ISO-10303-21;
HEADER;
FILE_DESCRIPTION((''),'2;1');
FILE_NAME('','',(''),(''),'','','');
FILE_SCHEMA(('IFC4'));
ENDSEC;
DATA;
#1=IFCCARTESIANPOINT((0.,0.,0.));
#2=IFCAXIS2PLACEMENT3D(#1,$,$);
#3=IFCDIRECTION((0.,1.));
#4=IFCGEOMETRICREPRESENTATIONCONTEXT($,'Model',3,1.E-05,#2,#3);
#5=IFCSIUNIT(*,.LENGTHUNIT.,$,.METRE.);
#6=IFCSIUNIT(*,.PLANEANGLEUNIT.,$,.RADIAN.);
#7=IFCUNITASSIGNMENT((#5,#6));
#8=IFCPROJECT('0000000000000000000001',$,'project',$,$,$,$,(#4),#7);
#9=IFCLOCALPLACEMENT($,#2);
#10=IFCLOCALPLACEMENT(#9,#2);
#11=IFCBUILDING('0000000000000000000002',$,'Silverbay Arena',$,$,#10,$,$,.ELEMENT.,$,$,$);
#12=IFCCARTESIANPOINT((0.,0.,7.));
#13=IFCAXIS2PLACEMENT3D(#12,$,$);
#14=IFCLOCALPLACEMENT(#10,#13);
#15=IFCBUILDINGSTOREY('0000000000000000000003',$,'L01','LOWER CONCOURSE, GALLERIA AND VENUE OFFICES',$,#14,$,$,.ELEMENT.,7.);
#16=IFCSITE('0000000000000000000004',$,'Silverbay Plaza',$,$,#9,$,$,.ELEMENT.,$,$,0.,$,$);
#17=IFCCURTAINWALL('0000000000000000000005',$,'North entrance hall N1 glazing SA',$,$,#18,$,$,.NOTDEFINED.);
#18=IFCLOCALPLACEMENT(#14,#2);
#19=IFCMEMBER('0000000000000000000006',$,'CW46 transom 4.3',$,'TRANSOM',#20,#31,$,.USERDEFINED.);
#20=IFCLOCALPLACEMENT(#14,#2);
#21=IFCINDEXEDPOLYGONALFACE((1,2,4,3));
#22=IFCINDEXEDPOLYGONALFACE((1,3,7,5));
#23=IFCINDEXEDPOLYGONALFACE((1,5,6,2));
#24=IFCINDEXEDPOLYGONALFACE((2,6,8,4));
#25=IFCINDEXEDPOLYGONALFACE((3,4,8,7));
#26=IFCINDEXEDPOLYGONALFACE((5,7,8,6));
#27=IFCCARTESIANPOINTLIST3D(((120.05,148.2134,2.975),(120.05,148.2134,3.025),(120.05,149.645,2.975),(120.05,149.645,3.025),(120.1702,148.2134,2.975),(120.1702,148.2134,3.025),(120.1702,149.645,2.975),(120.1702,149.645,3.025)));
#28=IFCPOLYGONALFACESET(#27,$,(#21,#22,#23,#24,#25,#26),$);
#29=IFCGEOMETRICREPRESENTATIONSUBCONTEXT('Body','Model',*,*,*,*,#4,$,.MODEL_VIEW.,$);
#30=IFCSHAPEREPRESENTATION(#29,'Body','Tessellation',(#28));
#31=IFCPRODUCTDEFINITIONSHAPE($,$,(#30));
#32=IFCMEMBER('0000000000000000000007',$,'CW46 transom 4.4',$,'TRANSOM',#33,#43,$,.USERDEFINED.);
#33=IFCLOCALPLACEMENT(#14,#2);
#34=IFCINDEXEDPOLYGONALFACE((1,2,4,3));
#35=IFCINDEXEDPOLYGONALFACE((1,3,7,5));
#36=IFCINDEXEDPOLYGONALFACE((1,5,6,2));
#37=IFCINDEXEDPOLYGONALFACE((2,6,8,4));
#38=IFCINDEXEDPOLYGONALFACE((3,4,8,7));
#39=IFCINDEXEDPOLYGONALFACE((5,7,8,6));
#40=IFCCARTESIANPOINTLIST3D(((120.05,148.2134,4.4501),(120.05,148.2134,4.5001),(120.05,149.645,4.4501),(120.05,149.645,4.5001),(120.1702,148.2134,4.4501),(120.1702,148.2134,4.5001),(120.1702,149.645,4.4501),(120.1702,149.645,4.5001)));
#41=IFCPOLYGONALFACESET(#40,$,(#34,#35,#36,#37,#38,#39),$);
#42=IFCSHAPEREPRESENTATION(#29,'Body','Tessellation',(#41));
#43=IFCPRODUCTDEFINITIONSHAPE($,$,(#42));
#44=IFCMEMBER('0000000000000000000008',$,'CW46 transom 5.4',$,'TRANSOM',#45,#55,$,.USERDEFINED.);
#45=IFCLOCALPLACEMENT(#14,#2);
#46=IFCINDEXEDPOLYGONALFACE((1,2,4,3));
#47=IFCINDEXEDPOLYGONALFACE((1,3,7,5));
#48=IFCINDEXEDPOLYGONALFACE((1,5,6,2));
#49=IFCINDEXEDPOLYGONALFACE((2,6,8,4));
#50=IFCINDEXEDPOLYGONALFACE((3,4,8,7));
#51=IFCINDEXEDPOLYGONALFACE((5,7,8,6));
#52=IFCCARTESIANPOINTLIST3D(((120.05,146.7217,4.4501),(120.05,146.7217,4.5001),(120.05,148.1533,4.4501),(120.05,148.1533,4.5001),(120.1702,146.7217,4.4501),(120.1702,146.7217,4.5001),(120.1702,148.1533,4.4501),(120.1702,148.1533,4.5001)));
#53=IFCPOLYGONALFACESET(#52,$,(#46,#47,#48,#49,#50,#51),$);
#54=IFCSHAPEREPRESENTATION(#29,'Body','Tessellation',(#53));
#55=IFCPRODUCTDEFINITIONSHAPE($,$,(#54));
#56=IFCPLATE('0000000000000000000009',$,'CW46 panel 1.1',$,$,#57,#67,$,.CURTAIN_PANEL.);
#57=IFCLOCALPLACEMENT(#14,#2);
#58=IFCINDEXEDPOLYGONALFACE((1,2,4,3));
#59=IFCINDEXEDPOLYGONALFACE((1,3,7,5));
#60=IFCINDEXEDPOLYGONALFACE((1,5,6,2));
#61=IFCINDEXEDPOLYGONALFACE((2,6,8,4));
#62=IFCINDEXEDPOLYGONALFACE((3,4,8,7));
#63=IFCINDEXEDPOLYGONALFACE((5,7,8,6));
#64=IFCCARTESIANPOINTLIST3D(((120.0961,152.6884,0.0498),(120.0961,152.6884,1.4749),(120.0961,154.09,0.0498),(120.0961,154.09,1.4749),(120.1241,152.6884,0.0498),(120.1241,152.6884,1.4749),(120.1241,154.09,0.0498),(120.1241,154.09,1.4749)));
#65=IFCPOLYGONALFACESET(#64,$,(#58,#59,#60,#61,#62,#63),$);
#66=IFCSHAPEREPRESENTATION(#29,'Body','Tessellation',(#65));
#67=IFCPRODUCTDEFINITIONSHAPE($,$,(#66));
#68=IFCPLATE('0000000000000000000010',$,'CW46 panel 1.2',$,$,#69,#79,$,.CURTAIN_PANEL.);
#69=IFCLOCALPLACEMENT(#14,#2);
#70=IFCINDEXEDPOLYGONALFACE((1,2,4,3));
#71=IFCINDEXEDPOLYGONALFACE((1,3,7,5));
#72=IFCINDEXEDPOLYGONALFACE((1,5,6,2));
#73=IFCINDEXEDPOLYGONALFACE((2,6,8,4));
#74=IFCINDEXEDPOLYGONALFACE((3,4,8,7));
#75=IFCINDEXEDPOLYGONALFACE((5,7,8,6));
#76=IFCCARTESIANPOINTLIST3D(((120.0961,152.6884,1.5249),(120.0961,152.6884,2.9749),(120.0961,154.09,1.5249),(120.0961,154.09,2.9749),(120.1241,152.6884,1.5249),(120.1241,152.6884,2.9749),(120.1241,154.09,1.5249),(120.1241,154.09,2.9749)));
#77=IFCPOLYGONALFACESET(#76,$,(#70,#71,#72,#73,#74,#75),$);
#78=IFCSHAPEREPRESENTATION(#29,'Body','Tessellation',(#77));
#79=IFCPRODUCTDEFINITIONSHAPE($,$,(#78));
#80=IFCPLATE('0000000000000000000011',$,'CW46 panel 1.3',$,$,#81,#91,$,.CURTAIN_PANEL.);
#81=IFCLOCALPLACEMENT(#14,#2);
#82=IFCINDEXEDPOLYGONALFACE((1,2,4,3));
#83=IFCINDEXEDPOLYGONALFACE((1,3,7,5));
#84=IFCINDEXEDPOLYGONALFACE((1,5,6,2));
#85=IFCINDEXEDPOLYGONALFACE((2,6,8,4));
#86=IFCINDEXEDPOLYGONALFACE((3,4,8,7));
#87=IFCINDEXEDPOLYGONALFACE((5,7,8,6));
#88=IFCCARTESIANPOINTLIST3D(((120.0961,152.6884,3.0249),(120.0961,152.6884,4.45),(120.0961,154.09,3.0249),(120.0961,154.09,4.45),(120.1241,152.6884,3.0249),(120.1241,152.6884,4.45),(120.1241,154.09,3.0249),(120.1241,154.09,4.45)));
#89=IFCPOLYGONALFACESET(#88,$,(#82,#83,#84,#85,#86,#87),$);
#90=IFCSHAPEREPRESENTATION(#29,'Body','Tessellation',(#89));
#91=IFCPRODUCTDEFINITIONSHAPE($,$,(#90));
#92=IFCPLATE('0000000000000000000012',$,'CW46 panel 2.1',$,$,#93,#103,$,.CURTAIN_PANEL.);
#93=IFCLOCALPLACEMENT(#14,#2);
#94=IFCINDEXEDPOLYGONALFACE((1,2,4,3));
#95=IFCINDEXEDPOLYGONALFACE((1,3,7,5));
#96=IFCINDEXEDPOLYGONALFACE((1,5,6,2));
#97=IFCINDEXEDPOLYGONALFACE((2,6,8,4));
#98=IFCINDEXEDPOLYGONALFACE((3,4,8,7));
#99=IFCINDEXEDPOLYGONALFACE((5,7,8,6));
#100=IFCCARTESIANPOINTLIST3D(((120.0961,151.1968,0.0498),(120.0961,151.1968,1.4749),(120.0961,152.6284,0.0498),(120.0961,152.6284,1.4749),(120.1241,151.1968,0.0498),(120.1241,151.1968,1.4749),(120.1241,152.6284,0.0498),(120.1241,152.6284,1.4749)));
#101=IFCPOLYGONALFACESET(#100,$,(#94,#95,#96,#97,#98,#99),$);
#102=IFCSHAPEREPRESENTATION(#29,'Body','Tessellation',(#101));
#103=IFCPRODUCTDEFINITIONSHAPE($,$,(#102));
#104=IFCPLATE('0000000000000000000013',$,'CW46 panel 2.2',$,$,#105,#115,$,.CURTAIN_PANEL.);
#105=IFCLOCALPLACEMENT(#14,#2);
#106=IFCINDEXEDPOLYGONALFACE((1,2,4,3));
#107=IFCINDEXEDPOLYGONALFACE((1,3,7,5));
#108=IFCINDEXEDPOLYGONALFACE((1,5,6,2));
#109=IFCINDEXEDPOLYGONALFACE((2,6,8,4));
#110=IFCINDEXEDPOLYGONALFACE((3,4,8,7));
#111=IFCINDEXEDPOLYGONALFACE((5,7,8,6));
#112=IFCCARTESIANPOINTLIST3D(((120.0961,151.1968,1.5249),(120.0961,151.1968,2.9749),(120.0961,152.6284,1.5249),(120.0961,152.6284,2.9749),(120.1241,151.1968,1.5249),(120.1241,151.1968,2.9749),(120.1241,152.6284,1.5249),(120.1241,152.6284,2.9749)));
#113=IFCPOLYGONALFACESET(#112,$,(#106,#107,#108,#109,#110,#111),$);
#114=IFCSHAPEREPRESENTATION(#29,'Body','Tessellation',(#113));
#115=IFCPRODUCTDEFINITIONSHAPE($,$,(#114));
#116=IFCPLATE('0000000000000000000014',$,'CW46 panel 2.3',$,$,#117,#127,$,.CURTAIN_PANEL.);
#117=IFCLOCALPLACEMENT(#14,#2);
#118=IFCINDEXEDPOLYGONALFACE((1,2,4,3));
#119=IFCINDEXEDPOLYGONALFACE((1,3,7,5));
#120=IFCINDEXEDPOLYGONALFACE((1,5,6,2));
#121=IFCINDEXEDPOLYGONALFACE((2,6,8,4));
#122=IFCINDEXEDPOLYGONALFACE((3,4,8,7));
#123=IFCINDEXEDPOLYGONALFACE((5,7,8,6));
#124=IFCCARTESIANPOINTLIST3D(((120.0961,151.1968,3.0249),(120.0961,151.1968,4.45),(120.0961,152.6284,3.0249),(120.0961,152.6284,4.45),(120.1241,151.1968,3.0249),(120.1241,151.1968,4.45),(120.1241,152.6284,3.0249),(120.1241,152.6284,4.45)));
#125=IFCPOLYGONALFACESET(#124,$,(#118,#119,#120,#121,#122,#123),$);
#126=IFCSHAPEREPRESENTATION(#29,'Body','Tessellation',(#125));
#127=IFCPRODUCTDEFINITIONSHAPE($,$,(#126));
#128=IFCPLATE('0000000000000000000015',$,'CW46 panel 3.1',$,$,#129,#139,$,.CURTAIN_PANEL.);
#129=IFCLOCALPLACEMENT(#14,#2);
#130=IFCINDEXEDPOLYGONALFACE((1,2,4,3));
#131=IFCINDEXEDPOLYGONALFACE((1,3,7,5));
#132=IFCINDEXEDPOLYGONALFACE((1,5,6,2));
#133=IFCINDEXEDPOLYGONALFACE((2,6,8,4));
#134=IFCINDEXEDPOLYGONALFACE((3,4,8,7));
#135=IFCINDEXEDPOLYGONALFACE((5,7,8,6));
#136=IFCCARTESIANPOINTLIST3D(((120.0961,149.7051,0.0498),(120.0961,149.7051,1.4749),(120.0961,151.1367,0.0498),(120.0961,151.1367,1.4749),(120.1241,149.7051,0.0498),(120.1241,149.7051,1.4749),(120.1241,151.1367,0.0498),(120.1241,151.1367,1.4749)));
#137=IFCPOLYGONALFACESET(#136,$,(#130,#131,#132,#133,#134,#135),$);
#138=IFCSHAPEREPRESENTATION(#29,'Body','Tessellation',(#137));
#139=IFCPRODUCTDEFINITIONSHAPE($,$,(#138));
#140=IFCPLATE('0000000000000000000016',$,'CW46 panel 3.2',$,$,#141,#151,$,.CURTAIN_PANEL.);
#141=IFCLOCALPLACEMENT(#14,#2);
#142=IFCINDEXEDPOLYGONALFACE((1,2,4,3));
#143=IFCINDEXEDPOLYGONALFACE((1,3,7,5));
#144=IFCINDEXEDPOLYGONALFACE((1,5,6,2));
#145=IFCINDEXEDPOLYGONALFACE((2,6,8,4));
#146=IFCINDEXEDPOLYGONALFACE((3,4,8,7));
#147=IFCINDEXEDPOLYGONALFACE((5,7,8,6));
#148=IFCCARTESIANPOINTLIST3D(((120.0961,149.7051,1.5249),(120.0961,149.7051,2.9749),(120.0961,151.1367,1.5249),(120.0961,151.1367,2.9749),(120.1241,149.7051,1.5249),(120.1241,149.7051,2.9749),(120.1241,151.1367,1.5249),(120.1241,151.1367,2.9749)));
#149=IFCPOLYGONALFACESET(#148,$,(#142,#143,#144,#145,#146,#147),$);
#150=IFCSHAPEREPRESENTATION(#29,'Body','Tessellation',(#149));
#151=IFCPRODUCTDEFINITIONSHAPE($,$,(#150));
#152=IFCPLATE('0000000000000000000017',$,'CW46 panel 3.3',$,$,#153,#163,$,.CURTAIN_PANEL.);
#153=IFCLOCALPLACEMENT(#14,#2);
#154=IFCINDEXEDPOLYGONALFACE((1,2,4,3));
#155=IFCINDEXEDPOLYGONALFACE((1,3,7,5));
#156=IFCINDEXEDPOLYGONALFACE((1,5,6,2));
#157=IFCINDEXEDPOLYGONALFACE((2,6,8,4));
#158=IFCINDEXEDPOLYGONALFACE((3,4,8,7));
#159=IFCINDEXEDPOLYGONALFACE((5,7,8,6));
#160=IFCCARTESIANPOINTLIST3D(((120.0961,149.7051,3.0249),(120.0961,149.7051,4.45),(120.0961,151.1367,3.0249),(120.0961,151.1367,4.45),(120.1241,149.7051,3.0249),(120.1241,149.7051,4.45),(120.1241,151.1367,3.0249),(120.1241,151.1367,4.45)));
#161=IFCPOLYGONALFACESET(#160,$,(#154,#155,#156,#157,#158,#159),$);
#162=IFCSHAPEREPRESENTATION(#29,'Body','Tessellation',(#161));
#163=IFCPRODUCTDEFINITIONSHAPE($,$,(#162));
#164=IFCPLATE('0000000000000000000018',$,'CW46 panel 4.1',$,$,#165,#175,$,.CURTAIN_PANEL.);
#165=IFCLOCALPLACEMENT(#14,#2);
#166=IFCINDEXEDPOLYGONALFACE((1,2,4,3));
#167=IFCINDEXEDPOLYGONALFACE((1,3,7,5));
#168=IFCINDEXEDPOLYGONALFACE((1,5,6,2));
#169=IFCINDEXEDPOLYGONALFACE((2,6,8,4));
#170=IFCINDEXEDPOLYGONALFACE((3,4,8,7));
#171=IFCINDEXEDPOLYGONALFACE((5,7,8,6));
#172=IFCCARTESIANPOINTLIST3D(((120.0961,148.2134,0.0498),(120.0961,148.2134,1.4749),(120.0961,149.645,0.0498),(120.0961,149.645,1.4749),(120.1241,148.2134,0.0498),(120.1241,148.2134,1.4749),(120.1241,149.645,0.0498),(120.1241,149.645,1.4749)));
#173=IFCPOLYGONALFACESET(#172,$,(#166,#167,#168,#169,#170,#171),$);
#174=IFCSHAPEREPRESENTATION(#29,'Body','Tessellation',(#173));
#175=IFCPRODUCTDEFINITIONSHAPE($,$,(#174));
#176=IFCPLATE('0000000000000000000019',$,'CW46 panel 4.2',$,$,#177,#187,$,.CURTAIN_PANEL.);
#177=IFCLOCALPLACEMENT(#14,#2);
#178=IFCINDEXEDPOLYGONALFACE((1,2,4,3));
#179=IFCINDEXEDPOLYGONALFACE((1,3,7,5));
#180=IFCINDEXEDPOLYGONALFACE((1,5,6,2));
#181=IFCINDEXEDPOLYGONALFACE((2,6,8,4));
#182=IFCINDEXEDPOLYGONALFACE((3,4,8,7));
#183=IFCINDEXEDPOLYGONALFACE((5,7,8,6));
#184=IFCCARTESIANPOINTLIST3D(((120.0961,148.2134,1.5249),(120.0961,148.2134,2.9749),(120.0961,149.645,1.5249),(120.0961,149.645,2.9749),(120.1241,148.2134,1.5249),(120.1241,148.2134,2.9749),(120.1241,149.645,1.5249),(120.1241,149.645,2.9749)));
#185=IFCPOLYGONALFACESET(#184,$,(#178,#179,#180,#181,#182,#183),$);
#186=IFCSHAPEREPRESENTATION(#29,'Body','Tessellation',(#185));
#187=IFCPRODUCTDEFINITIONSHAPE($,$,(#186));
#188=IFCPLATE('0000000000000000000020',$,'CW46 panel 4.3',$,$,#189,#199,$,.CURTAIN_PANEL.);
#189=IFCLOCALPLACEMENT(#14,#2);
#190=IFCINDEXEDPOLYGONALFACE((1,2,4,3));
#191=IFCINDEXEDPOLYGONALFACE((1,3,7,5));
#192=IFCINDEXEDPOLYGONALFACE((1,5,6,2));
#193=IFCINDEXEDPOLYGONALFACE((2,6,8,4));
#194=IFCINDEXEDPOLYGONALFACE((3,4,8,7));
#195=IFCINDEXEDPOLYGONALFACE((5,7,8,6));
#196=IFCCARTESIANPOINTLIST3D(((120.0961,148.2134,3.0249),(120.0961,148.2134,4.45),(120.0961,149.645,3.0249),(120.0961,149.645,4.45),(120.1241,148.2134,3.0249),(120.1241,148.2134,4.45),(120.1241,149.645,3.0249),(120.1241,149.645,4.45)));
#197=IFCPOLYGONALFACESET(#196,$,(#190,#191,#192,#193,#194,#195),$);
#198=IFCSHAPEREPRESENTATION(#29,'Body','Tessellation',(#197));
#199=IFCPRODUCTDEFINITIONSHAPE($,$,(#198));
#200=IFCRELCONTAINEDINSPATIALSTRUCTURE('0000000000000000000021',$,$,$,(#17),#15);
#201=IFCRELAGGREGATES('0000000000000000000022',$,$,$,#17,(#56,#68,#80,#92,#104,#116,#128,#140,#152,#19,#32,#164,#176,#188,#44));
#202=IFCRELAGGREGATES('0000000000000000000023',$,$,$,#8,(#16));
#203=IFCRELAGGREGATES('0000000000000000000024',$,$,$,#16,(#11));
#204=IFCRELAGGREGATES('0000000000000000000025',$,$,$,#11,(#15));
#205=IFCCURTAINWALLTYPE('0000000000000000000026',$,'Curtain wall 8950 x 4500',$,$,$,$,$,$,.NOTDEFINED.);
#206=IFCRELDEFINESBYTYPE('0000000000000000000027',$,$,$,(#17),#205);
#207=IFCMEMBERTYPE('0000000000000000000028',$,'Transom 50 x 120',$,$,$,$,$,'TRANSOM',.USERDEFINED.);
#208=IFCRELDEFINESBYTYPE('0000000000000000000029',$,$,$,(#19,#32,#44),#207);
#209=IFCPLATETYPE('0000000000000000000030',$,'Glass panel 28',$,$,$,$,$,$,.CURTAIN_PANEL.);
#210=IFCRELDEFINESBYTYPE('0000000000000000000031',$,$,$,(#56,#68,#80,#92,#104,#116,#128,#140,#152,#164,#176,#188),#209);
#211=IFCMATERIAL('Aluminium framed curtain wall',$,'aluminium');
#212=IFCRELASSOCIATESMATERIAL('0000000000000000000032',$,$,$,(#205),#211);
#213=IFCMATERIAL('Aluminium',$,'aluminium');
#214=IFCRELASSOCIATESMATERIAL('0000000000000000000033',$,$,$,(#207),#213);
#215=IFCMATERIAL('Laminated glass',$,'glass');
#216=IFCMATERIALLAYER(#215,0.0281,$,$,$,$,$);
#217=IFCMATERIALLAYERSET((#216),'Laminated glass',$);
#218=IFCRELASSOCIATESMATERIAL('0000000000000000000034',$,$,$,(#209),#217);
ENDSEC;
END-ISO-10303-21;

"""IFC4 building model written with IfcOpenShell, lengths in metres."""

from ifc_helpers import new_model, si_unit, direction, frame, origin, origin_2d, place, context, subcontext, project, spatial, rectangle, extrude, material, layer, layer_set, material_profile, profile_set, type_object, element, aggregate, save


model = new_model("IFC4")

# Units and contexts
model_context = context("Model", 3, precision=1e-05, world=origin(), true_north=direction((0.0, 1.0)))
body_context = subcontext(model_context, "Body", "Model", "MODEL_VIEW")
ifc_project = project(units=[si_unit("LENGTHUNIT", "METRE"), si_unit("PLANEANGLEUNIT", "RADIAN")], contexts=[model_context])

# Site, building, storey
site_placement = place(None, origin())
site = spatial("IfcSite", under=ifc_project, at=site_placement, Name="Silverbay Plaza", CompositionType="ELEMENT", RefElevation=0.0)
building_placement = place(site_placement, origin())
building = spatial("IfcBuilding", under=site, at=building_placement, Name="Silverbay Arena", CompositionType="ELEMENT")
storey_placement = place(building_placement, frame((0.0, 0.0, 7.0)))
storey = spatial("IfcBuildingStorey", under=building, at=storey_placement, Name="L01", Description="LOWER CONCOURSE, GALLERIA AND VENUE OFFICES", CompositionType="ELEMENT", Elevation=7.0)

# Curtain wall, members, plates
ifc_material_1 = material(Name="Aluminium framed curtain wall", Category="aluminium")
curtain_wall_type = type_object("IfcCurtainWallType", Name="Curtain wall 8950 x 4500", PredefinedType="NOTDEFINED", material=ifc_material_1)
curtain_wall_placement = place(storey_placement, origin())
curtain_wall = element("IfcCurtainWall", 1, at=curtain_wall_placement, inside=storey, type_object=curtain_wall_type, Name="North entrance hall N1 glazing SA", PredefinedType="NOTDEFINED")
ifc_material_2 = material(Name="Aluminium", Category="aluminium")
ifc_material_profile_1 = material_profile(ifc_material_2, rectangle(XDim=0.1201, YDim=0.05, at=origin_2d()), Name="Transom 50 x 120")
ifc_profile_set_1 = profile_set([ifc_material_profile_1], Name="Aluminium")
member_type_1 = type_object("IfcMemberType", Name="Transom 50 x 120", ElementType="TRANSOM", PredefinedType="USERDEFINED", material=ifc_profile_set_1)
member_1_placement = place(storey_placement, frame((120.1101, 149.645, 3.0), z_axis=(0.0, -1.0, 0.0), x_axis=(1.0, 0.0, 0.0)))
member_1 = element("IfcMember", 2, at=member_1_placement, type_object=member_type_1, Name="CW46 transom 4.3", ObjectType="TRANSOM", PredefinedType="USERDEFINED", context=body_context, shape_type="SweptSolid", body=[
    extrude(rectangle(XDim=0.1201, YDim=0.05, at=origin_2d()), origin(), (0.0, 0.0, 1.0), 1.4316),
])
member_2_placement = place(storey_placement, frame((120.1101, 149.645, 4.4751), z_axis=(0.0, -1.0, 0.0), x_axis=(1.0, 0.0, 0.0)))
member_2 = element("IfcMember", 3, at=member_2_placement, type_object=member_type_1, Name="CW46 transom 4.4", ObjectType="TRANSOM", PredefinedType="USERDEFINED", context=body_context, shape_type="SweptSolid", body=[
    extrude(rectangle(XDim=0.1201, YDim=0.05, at=origin_2d()), origin(), (0.0, 0.0, 1.0), 1.4316),
])
member_3_placement = place(storey_placement, frame((120.1101, 148.1533, 4.4751), z_axis=(0.0, -1.0, 0.0), x_axis=(1.0, 0.0, 0.0)))
member_3 = element("IfcMember", 4, at=member_3_placement, type_object=member_type_1, Name="CW46 transom 5.4", ObjectType="TRANSOM", PredefinedType="USERDEFINED", context=body_context, shape_type="SweptSolid", body=[
    extrude(rectangle(XDim=0.1201, YDim=0.05, at=origin_2d()), origin(), (0.0, 0.0, 1.0), 1.4316),
])
ifc_material_3 = material(Name="Laminated glass", Category="glass")
ifc_layer = layer(ifc_material_3, 0.0281)
ifc_layer_set = layer_set([ifc_layer], Name="Laminated glass")
plate_type = type_object("IfcPlateType", Name="Glass panel 28", PredefinedType="CURTAIN_PANEL", material=ifc_layer_set)
plate_1_placement = place(storey_placement, frame((120.1101, 153.3892, 0.0498), z_axis=(0.0, 0.0, 1.0), x_axis=(0.0, -1.0, 0.0)))
plate_1 = element("IfcPlate", 5, at=plate_1_placement, type_object=plate_type, Name="CW46 panel 1.1", PredefinedType="CURTAIN_PANEL", context=body_context, shape_type="SweptSolid", body=[
    extrude(rectangle(XDim=1.4016, YDim=0.0281, at=origin_2d()), origin(), (0.0, 0.0, 1.0), 1.425),
])
plate_2_placement = place(storey_placement, frame((120.1101, 153.3892, 1.5249), z_axis=(0.0, 0.0, 1.0), x_axis=(0.0, -1.0, 0.0)))
plate_2 = element("IfcPlate", 6, at=plate_2_placement, type_object=plate_type, Name="CW46 panel 1.2", PredefinedType="CURTAIN_PANEL", context=body_context, shape_type="SweptSolid", body=[
    extrude(rectangle(XDim=1.4016, YDim=0.0281, at=origin_2d()), origin(), (0.0, 0.0, 1.0), 1.45),
])
plate_3_placement = place(storey_placement, frame((120.1101, 153.3892, 3.0249), z_axis=(0.0, 0.0, 1.0), x_axis=(0.0, -1.0, 0.0)))
plate_3 = element("IfcPlate", 7, at=plate_3_placement, type_object=plate_type, Name="CW46 panel 1.3", PredefinedType="CURTAIN_PANEL", context=body_context, shape_type="SweptSolid", body=[
    extrude(rectangle(XDim=1.4016, YDim=0.0281, at=origin_2d()), origin(), (0.0, 0.0, 1.0), 1.425),
])
plate_4_placement = place(storey_placement, frame((120.1101, 151.9126, 0.0498), z_axis=(0.0, 0.0, 1.0), x_axis=(0.0, -1.0, 0.0)))
plate_4 = element("IfcPlate", 8, at=plate_4_placement, type_object=plate_type, Name="CW46 panel 2.1", PredefinedType="CURTAIN_PANEL", context=body_context, shape_type="SweptSolid", body=[
    extrude(rectangle(XDim=1.4316, YDim=0.0281, at=origin_2d()), origin(), (0.0, 0.0, 1.0), 1.425),
])
plate_5_placement = place(storey_placement, frame((120.1101, 151.9126, 1.5249), z_axis=(0.0, 0.0, 1.0), x_axis=(0.0, -1.0, 0.0)))
plate_5 = element("IfcPlate", 9, at=plate_5_placement, type_object=plate_type, Name="CW46 panel 2.2", PredefinedType="CURTAIN_PANEL", context=body_context, shape_type="SweptSolid", body=[
    extrude(rectangle(XDim=1.4316, YDim=0.0281, at=origin_2d()), origin(), (0.0, 0.0, 1.0), 1.45),
])
plate_6_placement = place(storey_placement, frame((120.1101, 151.9126, 3.0249), z_axis=(0.0, 0.0, 1.0), x_axis=(0.0, -1.0, 0.0)))
plate_6 = element("IfcPlate", 10, at=plate_6_placement, type_object=plate_type, Name="CW46 panel 2.3", PredefinedType="CURTAIN_PANEL", context=body_context, shape_type="SweptSolid", body=[
    extrude(rectangle(XDim=1.4316, YDim=0.0281, at=origin_2d()), origin(), (0.0, 0.0, 1.0), 1.425),
])
plate_7_placement = place(storey_placement, frame((120.1101, 150.4209, 0.0498), z_axis=(0.0, 0.0, 1.0), x_axis=(0.0, -1.0, 0.0)))
plate_7 = element("IfcPlate", 11, at=plate_7_placement, type_object=plate_type, Name="CW46 panel 3.1", PredefinedType="CURTAIN_PANEL", context=body_context, shape_type="SweptSolid", body=[
    extrude(rectangle(XDim=1.4316, YDim=0.0281, at=origin_2d()), origin(), (0.0, 0.0, 1.0), 1.425),
])
plate_8_placement = place(storey_placement, frame((120.1101, 150.4209, 1.5249), z_axis=(0.0, 0.0, 1.0), x_axis=(0.0, -1.0, 0.0)))
plate_8 = element("IfcPlate", 12, at=plate_8_placement, type_object=plate_type, Name="CW46 panel 3.2", PredefinedType="CURTAIN_PANEL", context=body_context, shape_type="SweptSolid", body=[
    extrude(rectangle(XDim=1.4316, YDim=0.0281, at=origin_2d()), origin(), (0.0, 0.0, 1.0), 1.45),
])
plate_9_placement = place(storey_placement, frame((120.1101, 150.4209, 3.0249), z_axis=(0.0, 0.0, 1.0), x_axis=(0.0, -1.0, 0.0)))
plate_9 = element("IfcPlate", 13, at=plate_9_placement, type_object=plate_type, Name="CW46 panel 3.3", PredefinedType="CURTAIN_PANEL", context=body_context, shape_type="SweptSolid", body=[
    extrude(rectangle(XDim=1.4316, YDim=0.0281, at=origin_2d()), origin(), (0.0, 0.0, 1.0), 1.425),
])
plate_10_placement = place(storey_placement, frame((120.1101, 148.9292, 0.0498), z_axis=(0.0, 0.0, 1.0), x_axis=(0.0, -1.0, 0.0)))
plate_10 = element("IfcPlate", 14, at=plate_10_placement, type_object=plate_type, Name="CW46 panel 4.1", PredefinedType="CURTAIN_PANEL", context=body_context, shape_type="SweptSolid", body=[
    extrude(rectangle(XDim=1.4316, YDim=0.0281, at=origin_2d()), origin(), (0.0, 0.0, 1.0), 1.425),
])
plate_11_placement = place(storey_placement, frame((120.1101, 148.9292, 1.5249), z_axis=(0.0, 0.0, 1.0), x_axis=(0.0, -1.0, 0.0)))
plate_11 = element("IfcPlate", 15, at=plate_11_placement, type_object=plate_type, Name="CW46 panel 4.2", PredefinedType="CURTAIN_PANEL", context=body_context, shape_type="SweptSolid", body=[
    extrude(rectangle(XDim=1.4316, YDim=0.0281, at=origin_2d()), origin(), (0.0, 0.0, 1.0), 1.45),
])
plate_12_placement = place(storey_placement, frame((120.1101, 148.9292, 3.0249), z_axis=(0.0, 0.0, 1.0), x_axis=(0.0, -1.0, 0.0)))
plate_12 = element("IfcPlate", 16, at=plate_12_placement, type_object=plate_type, Name="CW46 panel 4.3", PredefinedType="CURTAIN_PANEL", context=body_context, shape_type="SweptSolid", body=[
    extrude(rectangle(XDim=1.4316, YDim=0.0281, at=origin_2d()), origin(), (0.0, 0.0, 1.0), 1.425),
])
aggregate(curtain_wall, [plate_1, plate_2, plate_3, plate_4, plate_5, plate_6, plate_7, plate_8, plate_9, member_1, member_2, plate_10, plate_11, plate_12, member_3])

save(model, "model.ifc")
